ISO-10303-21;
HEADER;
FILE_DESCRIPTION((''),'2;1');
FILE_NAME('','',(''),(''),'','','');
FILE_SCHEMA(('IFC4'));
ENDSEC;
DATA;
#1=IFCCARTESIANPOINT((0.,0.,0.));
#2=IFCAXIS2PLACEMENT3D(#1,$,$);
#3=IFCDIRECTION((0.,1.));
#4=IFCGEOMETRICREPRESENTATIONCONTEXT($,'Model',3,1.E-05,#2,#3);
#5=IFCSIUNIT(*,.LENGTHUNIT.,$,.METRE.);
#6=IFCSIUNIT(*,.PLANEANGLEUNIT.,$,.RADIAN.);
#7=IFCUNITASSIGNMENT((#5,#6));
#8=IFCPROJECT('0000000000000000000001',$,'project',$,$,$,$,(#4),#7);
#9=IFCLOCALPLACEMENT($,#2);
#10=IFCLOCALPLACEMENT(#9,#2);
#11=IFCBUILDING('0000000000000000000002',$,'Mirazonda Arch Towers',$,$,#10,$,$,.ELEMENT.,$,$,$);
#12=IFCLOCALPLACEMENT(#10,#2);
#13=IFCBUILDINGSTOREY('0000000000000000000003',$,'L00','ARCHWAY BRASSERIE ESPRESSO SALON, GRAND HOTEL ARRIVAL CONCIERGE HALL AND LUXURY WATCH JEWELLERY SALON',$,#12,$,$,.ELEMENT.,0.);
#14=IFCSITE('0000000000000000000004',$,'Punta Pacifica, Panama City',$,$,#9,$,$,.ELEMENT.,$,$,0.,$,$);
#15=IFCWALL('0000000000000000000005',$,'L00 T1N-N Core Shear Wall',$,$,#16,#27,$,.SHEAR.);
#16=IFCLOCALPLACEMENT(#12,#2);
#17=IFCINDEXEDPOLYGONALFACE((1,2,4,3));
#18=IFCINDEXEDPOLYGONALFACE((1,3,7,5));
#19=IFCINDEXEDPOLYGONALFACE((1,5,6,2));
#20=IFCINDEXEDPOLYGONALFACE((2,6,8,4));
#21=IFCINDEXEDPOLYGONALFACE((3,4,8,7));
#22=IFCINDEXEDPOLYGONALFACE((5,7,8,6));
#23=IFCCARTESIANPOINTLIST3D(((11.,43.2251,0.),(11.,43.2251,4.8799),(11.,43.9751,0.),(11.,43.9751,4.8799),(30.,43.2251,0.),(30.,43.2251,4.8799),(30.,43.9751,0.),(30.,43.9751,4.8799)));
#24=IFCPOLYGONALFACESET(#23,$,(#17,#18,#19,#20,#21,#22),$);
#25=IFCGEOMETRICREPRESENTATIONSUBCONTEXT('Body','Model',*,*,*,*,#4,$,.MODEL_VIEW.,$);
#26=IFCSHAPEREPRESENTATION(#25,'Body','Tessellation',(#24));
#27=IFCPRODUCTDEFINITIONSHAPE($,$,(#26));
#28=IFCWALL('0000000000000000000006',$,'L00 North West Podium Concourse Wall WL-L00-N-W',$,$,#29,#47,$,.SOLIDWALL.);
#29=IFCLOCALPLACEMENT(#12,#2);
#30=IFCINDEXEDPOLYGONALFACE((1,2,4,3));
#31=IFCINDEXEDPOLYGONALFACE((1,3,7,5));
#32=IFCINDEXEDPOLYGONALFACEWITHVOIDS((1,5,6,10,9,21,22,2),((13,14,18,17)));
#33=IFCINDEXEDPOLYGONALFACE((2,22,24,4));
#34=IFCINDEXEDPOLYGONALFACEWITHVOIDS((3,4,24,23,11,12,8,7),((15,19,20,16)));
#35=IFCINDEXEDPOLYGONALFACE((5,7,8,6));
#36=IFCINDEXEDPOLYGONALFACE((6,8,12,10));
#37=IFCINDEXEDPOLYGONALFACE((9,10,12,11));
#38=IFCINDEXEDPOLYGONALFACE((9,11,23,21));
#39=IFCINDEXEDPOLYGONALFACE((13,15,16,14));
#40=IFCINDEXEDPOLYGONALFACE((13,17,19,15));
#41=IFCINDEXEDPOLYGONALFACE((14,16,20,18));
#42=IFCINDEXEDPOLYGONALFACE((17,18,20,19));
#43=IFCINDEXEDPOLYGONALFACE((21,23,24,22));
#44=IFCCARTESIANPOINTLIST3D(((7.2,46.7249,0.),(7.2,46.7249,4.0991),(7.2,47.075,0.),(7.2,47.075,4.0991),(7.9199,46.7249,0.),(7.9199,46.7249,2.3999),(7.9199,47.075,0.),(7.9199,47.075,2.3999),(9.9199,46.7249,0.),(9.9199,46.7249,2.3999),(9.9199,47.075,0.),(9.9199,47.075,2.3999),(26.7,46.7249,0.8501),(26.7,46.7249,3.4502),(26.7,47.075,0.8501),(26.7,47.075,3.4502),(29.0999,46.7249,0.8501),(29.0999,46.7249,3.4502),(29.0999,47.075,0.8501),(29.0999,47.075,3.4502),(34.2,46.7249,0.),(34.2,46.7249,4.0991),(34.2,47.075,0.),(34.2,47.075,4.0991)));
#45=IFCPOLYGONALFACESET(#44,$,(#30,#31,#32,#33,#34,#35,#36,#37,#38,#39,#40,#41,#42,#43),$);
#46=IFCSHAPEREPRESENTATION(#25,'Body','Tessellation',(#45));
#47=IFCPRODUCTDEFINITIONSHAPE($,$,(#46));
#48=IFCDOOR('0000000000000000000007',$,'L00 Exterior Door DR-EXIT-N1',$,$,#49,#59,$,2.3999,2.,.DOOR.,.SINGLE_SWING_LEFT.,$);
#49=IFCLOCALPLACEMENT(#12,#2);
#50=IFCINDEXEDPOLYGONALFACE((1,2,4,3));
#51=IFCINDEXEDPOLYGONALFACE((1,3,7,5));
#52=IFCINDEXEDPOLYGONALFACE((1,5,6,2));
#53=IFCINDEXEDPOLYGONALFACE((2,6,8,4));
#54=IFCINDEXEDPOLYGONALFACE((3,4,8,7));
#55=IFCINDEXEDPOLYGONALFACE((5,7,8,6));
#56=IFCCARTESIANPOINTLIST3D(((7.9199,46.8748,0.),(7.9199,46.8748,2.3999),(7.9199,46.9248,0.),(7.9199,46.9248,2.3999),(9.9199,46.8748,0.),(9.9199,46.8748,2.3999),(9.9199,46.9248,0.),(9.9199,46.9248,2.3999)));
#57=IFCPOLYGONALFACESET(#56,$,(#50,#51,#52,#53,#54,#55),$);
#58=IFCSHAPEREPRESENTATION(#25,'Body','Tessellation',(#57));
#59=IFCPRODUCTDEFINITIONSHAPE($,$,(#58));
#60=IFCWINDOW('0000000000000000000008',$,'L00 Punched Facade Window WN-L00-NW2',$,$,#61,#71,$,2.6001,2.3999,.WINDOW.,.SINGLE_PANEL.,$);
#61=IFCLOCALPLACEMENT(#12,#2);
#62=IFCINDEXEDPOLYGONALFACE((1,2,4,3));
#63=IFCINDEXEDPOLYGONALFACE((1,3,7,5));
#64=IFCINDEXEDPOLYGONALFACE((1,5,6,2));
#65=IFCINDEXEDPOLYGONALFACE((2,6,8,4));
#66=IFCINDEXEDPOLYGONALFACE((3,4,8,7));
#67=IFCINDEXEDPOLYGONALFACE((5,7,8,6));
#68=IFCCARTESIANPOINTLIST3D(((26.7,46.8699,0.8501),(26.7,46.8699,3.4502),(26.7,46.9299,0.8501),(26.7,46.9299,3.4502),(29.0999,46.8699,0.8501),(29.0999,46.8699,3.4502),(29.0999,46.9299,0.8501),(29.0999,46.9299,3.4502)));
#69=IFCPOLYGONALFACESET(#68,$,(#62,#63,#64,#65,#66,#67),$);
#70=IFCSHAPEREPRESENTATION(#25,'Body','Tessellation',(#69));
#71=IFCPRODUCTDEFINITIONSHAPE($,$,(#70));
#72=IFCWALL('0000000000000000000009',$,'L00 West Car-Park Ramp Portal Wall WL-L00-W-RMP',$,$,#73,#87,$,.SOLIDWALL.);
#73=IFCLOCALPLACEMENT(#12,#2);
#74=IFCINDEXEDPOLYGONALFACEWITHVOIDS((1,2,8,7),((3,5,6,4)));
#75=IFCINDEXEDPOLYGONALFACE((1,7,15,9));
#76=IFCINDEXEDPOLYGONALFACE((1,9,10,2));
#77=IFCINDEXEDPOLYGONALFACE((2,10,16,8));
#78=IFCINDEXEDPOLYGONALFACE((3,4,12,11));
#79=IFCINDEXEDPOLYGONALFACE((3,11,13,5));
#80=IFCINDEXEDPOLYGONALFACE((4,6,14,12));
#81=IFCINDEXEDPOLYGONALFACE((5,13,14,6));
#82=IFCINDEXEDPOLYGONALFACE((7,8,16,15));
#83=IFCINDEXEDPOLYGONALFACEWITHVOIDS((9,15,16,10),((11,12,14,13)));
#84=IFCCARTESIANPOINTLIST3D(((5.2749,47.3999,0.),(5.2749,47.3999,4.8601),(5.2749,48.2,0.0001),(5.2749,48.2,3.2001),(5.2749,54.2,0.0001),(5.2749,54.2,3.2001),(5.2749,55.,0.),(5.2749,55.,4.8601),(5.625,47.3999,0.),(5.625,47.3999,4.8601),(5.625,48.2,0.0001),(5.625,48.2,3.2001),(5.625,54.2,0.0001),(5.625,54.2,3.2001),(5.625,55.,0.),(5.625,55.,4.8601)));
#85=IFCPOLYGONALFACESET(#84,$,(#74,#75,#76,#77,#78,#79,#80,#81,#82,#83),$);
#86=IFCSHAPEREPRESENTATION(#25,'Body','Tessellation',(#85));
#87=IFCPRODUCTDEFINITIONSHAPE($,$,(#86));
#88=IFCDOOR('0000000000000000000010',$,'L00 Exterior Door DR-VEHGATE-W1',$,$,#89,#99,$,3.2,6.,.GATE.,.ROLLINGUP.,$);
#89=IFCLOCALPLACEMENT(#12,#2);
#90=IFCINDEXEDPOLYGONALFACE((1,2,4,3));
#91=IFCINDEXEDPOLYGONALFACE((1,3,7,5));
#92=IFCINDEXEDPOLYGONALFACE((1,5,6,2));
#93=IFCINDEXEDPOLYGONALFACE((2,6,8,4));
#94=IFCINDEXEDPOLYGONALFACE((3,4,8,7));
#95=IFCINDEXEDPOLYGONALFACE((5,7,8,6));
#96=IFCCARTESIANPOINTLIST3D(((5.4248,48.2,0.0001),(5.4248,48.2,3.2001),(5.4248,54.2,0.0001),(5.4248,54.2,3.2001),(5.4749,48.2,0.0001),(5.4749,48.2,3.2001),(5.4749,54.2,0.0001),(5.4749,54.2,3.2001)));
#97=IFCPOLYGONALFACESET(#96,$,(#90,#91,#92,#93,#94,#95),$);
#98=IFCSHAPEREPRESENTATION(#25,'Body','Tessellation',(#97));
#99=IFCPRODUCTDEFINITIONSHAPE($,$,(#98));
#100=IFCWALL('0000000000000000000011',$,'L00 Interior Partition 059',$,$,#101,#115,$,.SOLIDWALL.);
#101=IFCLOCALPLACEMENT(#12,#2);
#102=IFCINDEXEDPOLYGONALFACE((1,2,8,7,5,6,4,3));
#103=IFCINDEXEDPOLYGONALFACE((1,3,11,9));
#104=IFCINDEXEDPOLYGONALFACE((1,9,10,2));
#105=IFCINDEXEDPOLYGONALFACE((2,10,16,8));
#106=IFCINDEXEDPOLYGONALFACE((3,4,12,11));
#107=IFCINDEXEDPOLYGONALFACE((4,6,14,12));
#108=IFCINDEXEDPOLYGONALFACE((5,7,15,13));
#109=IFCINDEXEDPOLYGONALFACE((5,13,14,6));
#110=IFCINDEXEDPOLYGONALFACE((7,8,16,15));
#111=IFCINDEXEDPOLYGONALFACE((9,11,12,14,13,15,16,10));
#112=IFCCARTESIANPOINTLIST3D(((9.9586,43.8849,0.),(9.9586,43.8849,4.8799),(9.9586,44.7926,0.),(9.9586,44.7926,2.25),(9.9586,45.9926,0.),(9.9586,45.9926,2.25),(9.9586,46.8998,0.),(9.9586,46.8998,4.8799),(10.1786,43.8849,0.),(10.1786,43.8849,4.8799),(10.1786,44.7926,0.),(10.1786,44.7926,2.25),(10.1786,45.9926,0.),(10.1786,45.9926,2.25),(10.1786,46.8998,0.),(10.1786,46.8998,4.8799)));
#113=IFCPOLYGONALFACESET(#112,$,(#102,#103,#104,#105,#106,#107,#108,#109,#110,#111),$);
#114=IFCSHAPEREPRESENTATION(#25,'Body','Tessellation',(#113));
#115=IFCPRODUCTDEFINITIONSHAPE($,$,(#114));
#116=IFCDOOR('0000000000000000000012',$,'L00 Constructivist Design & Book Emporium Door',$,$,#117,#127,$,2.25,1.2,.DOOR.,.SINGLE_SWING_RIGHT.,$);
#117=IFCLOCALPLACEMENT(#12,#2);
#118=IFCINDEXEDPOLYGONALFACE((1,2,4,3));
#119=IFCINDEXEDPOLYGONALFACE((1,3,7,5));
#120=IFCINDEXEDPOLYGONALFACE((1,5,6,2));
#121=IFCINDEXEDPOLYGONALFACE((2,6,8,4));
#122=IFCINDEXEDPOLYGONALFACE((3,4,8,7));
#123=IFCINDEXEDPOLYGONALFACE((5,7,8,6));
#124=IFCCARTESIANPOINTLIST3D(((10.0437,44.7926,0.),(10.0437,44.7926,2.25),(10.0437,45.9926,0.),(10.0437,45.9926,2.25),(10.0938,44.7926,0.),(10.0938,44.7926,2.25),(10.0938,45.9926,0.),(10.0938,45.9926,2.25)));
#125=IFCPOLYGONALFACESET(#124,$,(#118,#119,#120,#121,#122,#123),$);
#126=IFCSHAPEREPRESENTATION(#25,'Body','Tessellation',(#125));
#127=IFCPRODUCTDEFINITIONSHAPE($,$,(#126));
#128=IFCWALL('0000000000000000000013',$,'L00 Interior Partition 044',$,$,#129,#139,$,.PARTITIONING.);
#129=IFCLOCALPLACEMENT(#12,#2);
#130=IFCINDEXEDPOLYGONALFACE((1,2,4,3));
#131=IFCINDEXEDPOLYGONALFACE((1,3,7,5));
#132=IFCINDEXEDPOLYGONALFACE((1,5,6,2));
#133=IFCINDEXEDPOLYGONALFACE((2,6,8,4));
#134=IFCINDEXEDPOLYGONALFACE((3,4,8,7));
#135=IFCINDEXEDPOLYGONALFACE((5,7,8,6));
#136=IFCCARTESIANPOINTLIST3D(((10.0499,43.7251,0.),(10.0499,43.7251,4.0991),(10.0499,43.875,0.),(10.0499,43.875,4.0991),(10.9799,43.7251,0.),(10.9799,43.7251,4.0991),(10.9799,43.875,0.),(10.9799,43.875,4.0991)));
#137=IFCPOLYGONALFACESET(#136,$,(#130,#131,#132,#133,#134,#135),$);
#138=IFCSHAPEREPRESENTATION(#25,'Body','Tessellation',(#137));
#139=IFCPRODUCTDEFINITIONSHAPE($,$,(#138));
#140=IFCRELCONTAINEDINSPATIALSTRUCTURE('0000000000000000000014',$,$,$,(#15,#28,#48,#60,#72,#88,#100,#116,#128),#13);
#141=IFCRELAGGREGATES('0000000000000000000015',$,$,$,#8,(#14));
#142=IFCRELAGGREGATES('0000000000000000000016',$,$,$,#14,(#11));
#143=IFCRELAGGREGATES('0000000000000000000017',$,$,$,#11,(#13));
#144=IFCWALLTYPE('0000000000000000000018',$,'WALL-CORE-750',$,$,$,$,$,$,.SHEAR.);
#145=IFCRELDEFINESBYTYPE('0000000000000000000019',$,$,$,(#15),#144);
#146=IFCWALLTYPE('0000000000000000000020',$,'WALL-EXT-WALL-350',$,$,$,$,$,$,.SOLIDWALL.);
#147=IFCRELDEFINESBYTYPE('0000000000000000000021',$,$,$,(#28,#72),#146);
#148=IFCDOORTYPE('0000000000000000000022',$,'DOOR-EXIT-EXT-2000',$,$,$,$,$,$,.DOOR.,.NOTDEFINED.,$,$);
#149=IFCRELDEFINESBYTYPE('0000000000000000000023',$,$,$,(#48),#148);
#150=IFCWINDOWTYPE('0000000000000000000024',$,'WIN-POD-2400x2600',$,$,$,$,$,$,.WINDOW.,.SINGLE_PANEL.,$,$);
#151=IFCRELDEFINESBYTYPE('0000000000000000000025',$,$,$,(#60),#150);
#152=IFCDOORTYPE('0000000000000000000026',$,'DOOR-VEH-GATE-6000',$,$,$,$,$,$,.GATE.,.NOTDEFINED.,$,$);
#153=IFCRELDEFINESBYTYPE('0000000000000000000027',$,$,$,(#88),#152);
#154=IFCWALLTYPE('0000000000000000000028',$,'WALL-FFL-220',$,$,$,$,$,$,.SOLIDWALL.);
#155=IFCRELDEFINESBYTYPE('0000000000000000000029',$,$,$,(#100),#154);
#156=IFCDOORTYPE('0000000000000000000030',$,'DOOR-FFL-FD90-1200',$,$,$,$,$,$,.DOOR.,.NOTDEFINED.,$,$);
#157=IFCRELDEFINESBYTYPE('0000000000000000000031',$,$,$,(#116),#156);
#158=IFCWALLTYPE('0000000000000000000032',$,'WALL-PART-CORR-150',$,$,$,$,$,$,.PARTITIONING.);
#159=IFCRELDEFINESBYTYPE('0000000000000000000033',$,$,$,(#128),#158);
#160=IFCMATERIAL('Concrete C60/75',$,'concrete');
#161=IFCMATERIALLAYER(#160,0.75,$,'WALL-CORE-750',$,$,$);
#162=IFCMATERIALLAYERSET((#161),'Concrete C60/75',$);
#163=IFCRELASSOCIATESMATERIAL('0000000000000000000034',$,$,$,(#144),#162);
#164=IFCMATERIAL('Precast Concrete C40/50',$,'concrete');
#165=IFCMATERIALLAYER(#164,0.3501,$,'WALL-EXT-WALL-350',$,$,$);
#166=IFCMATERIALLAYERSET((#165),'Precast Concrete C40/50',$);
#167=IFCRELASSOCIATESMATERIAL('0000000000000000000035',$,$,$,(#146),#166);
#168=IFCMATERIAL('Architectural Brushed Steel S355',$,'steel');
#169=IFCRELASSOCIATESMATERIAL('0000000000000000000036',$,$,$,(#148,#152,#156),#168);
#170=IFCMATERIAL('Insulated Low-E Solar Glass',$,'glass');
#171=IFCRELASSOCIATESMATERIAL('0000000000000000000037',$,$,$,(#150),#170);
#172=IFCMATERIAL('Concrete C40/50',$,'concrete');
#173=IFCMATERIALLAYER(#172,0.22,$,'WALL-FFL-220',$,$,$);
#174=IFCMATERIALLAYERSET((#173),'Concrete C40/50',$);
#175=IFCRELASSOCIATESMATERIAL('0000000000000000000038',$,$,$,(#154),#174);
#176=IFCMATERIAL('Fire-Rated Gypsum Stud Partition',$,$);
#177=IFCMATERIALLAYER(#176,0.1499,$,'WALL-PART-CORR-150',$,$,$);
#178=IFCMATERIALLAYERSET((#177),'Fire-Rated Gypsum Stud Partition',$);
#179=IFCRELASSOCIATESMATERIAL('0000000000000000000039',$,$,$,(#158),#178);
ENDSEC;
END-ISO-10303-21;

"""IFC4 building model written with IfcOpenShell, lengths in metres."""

from ifc_helpers import new_model, si_unit, direction, frame, frame_2d, origin, place, context, subcontext, project, spatial, rectangle, extrude, material, layer, layer_set, type_object, element, fill, save


model = new_model("IFC4")

# Units and contexts
model_context = context("Model", 3, precision=1e-05, world=origin(), true_north=direction((0.0, 1.0)))
body_context = subcontext(model_context, "Body", "Model", "MODEL_VIEW")
ifc_project = project(units=[si_unit("LENGTHUNIT", "METRE"), si_unit("PLANEANGLEUNIT", "RADIAN")], contexts=[model_context])

# Site, building, storey
site_placement = place(None, origin())
site = spatial("IfcSite", under=ifc_project, at=site_placement, Name="Punta Pacifica, Panama City", CompositionType="ELEMENT", RefElevation=0.0)
building_placement = place(site_placement, origin())
building = spatial("IfcBuilding", under=site, at=building_placement, Name="Mirazonda Arch Towers", CompositionType="ELEMENT")
storey_placement = place(building_placement, origin())
storey = spatial("IfcBuildingStorey", under=building, at=storey_placement, Name="L00", Description="ARCHWAY BRASSERIE ESPRESSO SALON, GRAND HOTEL ARRIVAL CONCIERGE HALL AND LUXURY WATCH JEWELLERY SALON", CompositionType="ELEMENT", Elevation=0.0)

# Shared definitions
ifc_material_1 = material(Name="Concrete C60/75", Category="concrete")

# Shared definitions
ifc_material_2 = material(Name="Insulated Low-E Solar Glass", Category="glass")

# Wall
ifc_layer_1 = layer(ifc_material_1, 0.75, Name="WALL-CORE-750")
ifc_layer_set_1 = layer_set([ifc_layer_1], Name="Concrete C60/75")
wall_type_1 = type_object("IfcWallType", Name="WALL-CORE-750", PredefinedType="SHEAR", material=ifc_layer_set_1)
wall_1_placement = place(storey_placement, frame((11.0, 43.6001, 0.0), z_axis=(0.0, 0.0, 1.0), x_axis=(1.0, 0.0, 0.0)))
element("IfcWall", 1, at=wall_1_placement, inside=storey, type_object=wall_type_1, Name="L00 T1N-N Core Shear Wall", PredefinedType="SHEAR", context=body_context, shape_type="SweptSolid", body=[
    extrude(rectangle(XDim=19.0, YDim=0.75, at=frame_2d((9.5, 0.0))), origin(), (0.0, 0.0, 1.0), 4.8799),
])

# Wall, openings, door, window
ifc_material_3 = material(Name="Precast Concrete C40/50", Category="concrete")
ifc_layer_2 = layer(ifc_material_3, 0.3501, Name="WALL-EXT-WALL-350")
ifc_layer_set_2 = layer_set([ifc_layer_2], Name="Precast Concrete C40/50")
wall_type_2 = type_object("IfcWallType", Name="WALL-EXT-WALL-350", PredefinedType="SOLIDWALL", material=ifc_layer_set_2)
wall_2_placement = place(storey_placement, frame((7.2, 46.8999, 0.0), z_axis=(0.0, 0.0, 1.0), x_axis=(1.0, 0.0, 0.0)))
wall_2 = element("IfcWall", 2, at=wall_2_placement, inside=storey, type_object=wall_type_2, Name="L00 North West Podium Concourse Wall WL-L00-N-W", PredefinedType="SOLIDWALL", context=body_context, shape_type="SweptSolid", body=[
    extrude(rectangle(XDim=27.0, YDim=0.3501, at=frame_2d((13.5, 0.0))), origin(), (0.0, 0.0, 1.0), 4.0991),
])
opening_1_placement = place(wall_2_placement, frame((19.5, 0.0, 0.8501)))
opening_1 = element("IfcOpeningElement", 3, at=opening_1_placement, cuts=wall_2, PredefinedType="OPENING", context=body_context, shape_type="SweptSolid", body=[
    extrude(rectangle(XDim=2.3999, YDim=2.6001, at=frame_2d((1.2, 1.3))), frame((0.0, 0.1851, 0.0), z_axis=(0.0, -1.0, 0.0), x_axis=(1.0, 0.0, 0.0)), (0.0, 0.0, 1.0), 0.3701),
])
opening_2_placement = place(wall_2_placement, frame((0.72, 0.0, 0.0)))
opening_2 = element("IfcOpeningElement", 4, at=opening_2_placement, cuts=wall_2, PredefinedType="OPENING", context=body_context, shape_type="SweptSolid", body=[
    extrude(rectangle(XDim=2.0, YDim=2.3999, at=frame_2d((1.0, 1.2))), frame((0.0, 0.1851, 0.0), z_axis=(0.0, -1.0, 0.0), x_axis=(1.0, 0.0, 0.0)), (0.0, 0.0, 1.0), 0.3701),
])
ifc_material_4 = material(Name="Architectural Brushed Steel S355", Category="steel")
door_type_1 = type_object("IfcDoorType", Name="DOOR-EXIT-EXT-2000", OperationType="NOTDEFINED", PredefinedType="DOOR", material=ifc_material_4)
door_1_placement = place(opening_2_placement, origin())
door_1 = element("IfcDoor", 5, at=door_1_placement, inside=storey, type_object=door_type_1, Name="L00 Exterior Door DR-EXIT-N1", OperationType="SINGLE_SWING_LEFT", OverallHeight=2.3999, OverallWidth=2.0, PredefinedType="DOOR", context=body_context, shape_type="SweptSolid", body=[
    extrude(rectangle(XDim=2.0, YDim=2.3999, at=frame_2d((1.0, 1.2))), frame((0.0, 0.0249, 0.0), z_axis=(0.0, -1.0, 0.0), x_axis=(1.0, 0.0, 0.0)), (0.0, 0.0, 1.0), 0.05),
])
fill(opening_2, door_1)
window_type = type_object("IfcWindowType", Name="WIN-POD-2400x2600", PartitioningType="SINGLE_PANEL", PredefinedType="WINDOW", material=ifc_material_2)
window_placement = place(opening_1_placement, origin())
window = element("IfcWindow", 6, at=window_placement, inside=storey, type_object=window_type, Name="L00 Punched Facade Window WN-L00-NW2", OverallHeight=2.6001, OverallWidth=2.3999, PartitioningType="SINGLE_PANEL", PredefinedType="WINDOW", context=body_context, shape_type="SweptSolid", body=[
    extrude(rectangle(XDim=2.3999, YDim=2.6001, at=frame_2d((1.2, 1.3))), frame((0.0, 0.03, 0.0), z_axis=(0.0, -1.0, 0.0), x_axis=(1.0, 0.0, 0.0)), (0.0, 0.0, 1.0), 0.0601),
])
fill(opening_1, window)

# Walls, openings, doors
wall_3_placement = place(storey_placement, frame((5.45, 55.0, 0.0), z_axis=(0.0, 0.0, 1.0), x_axis=(0.0, -1.0, 0.0)))
wall_3 = element("IfcWall", 7, at=wall_3_placement, inside=storey, type_object=wall_type_2, Name="L00 West Car-Park Ramp Portal Wall WL-L00-W-RMP", PredefinedType="SOLIDWALL", context=body_context, shape_type="SweptSolid", body=[
    extrude(rectangle(XDim=7.6001, YDim=0.3501, at=frame_2d((3.8, 0.0))), origin(), (0.0, 0.0, 1.0), 4.8601),
])
opening_3_placement = place(wall_3_placement, frame((0.8, 0.0, 0.0)))
opening_3 = element("IfcOpeningElement", 8, at=opening_3_placement, cuts=wall_3, PredefinedType="OPENING", context=body_context, shape_type="SweptSolid", body=[
    extrude(rectangle(XDim=6.0, YDim=3.2, at=frame_2d((3.0, 1.6001))), frame((0.0, 0.1851, 0.0), z_axis=(0.0, -1.0, 0.0), x_axis=(1.0, 0.0, 0.0)), (0.0, 0.0, 1.0), 0.3701),
])
door_type_2 = type_object("IfcDoorType", Name="DOOR-VEH-GATE-6000", OperationType="NOTDEFINED", PredefinedType="GATE", material=ifc_material_4)
door_2_placement = place(opening_3_placement, origin())
door_2 = element("IfcDoor", 9, at=door_2_placement, inside=storey, type_object=door_type_2, Name="L00 Exterior Door DR-VEHGATE-W1", OperationType="ROLLINGUP", OverallHeight=3.2, OverallWidth=6.0, PredefinedType="GATE", context=body_context, shape_type="SweptSolid", body=[
    extrude(rectangle(XDim=6.0, YDim=3.2, at=frame_2d((3.0, 1.6001))), frame((0.0, 0.0249, 0.0), z_axis=(0.0, -1.0, 0.0), x_axis=(1.0, 0.0, 0.0)), (0.0, 0.0, 1.0), 0.05),
])
fill(opening_3, door_2)
ifc_material_5 = material(Name="Concrete C40/50", Category="concrete")
ifc_layer_3 = layer(ifc_material_5, 0.22, Name="WALL-FFL-220")
ifc_layer_set_3 = layer_set([ifc_layer_3], Name="Concrete C40/50")
wall_type_3 = type_object("IfcWallType", Name="WALL-FFL-220", PredefinedType="SOLIDWALL", material=ifc_layer_set_3)
wall_4_placement = place(storey_placement, frame((10.0686, 43.885, 0.0), z_axis=(0.0, 0.0, 1.0), x_axis=(0.0, 1.0, 0.0)))
wall_4 = element("IfcWall", 10, at=wall_4_placement, inside=storey, type_object=wall_type_3, Name="L00 Interior Partition 059", PredefinedType="SOLIDWALL", context=body_context, shape_type="SweptSolid", body=[
    extrude(rectangle(XDim=3.0149, YDim=0.22, at=frame_2d((1.5073, 0.0))), origin(), (0.0, 0.0, 1.0), 4.8799),
])
opening_4_placement = place(wall_4_placement, frame((0.9075, 0.0, 0.0)))
opening_4 = element("IfcOpeningElement", 11, at=opening_4_placement, cuts=wall_4, PredefinedType="OPENING", context=body_context, shape_type="SweptSolid", body=[
    extrude(rectangle(XDim=1.2, YDim=2.25, at=frame_2d((0.6001, 1.125))), frame((0.0, 0.1199, 0.0), z_axis=(0.0, -1.0, 0.0), x_axis=(1.0, 0.0, 0.0)), (0.0, 0.0, 1.0), 0.24),
])
door_type_3 = type_object("IfcDoorType", Name="DOOR-FFL-FD90-1200", OperationType="NOTDEFINED", PredefinedType="DOOR", material=ifc_material_4)
door_3_placement = place(opening_4_placement, origin())
door_3 = element("IfcDoor", 12, at=door_3_placement, inside=storey, type_object=door_type_3, Name="L00 Constructivist Design & Book Emporium Door", OperationType="SINGLE_SWING_RIGHT", OverallHeight=2.25, OverallWidth=1.2, PredefinedType="DOOR", context=body_context, shape_type="SweptSolid", body=[
    extrude(rectangle(XDim=1.2, YDim=2.25, at=frame_2d((0.6001, 1.125))), frame((0.0, 0.0249, 0.0), z_axis=(0.0, -1.0, 0.0), x_axis=(1.0, 0.0, 0.0)), (0.0, 0.0, 1.0), 0.05),
])
fill(opening_4, door_3)

# Wall
ifc_material_6 = material(Name="Fire-Rated Gypsum Stud Partition")
ifc_layer_4 = layer(ifc_material_6, 0.1499, Name="WALL-PART-CORR-150")
ifc_layer_set_4 = layer_set([ifc_layer_4], Name="Fire-Rated Gypsum Stud Partition")
wall_type_4 = type_object("IfcWallType", Name="WALL-PART-CORR-150", PredefinedType="PARTITIONING", material=ifc_layer_set_4)
wall_5_placement = place(storey_placement, frame((10.05, 43.8, 0.0), z_axis=(0.0, 0.0, 1.0), x_axis=(1.0, 0.0, 0.0)))
element("IfcWall", 13, at=wall_5_placement, inside=storey, type_object=wall_type_4, Name="L00 Interior Partition 044", PredefinedType="PARTITIONING", context=body_context, shape_type="SweptSolid", body=[
    extrude(rectangle(XDim=0.9299, YDim=0.1499, at=frame_2d((0.4648, 0.0))), origin(), (0.0, 0.0, 1.0), 4.0991),
])

save(model, "model.ifc")
